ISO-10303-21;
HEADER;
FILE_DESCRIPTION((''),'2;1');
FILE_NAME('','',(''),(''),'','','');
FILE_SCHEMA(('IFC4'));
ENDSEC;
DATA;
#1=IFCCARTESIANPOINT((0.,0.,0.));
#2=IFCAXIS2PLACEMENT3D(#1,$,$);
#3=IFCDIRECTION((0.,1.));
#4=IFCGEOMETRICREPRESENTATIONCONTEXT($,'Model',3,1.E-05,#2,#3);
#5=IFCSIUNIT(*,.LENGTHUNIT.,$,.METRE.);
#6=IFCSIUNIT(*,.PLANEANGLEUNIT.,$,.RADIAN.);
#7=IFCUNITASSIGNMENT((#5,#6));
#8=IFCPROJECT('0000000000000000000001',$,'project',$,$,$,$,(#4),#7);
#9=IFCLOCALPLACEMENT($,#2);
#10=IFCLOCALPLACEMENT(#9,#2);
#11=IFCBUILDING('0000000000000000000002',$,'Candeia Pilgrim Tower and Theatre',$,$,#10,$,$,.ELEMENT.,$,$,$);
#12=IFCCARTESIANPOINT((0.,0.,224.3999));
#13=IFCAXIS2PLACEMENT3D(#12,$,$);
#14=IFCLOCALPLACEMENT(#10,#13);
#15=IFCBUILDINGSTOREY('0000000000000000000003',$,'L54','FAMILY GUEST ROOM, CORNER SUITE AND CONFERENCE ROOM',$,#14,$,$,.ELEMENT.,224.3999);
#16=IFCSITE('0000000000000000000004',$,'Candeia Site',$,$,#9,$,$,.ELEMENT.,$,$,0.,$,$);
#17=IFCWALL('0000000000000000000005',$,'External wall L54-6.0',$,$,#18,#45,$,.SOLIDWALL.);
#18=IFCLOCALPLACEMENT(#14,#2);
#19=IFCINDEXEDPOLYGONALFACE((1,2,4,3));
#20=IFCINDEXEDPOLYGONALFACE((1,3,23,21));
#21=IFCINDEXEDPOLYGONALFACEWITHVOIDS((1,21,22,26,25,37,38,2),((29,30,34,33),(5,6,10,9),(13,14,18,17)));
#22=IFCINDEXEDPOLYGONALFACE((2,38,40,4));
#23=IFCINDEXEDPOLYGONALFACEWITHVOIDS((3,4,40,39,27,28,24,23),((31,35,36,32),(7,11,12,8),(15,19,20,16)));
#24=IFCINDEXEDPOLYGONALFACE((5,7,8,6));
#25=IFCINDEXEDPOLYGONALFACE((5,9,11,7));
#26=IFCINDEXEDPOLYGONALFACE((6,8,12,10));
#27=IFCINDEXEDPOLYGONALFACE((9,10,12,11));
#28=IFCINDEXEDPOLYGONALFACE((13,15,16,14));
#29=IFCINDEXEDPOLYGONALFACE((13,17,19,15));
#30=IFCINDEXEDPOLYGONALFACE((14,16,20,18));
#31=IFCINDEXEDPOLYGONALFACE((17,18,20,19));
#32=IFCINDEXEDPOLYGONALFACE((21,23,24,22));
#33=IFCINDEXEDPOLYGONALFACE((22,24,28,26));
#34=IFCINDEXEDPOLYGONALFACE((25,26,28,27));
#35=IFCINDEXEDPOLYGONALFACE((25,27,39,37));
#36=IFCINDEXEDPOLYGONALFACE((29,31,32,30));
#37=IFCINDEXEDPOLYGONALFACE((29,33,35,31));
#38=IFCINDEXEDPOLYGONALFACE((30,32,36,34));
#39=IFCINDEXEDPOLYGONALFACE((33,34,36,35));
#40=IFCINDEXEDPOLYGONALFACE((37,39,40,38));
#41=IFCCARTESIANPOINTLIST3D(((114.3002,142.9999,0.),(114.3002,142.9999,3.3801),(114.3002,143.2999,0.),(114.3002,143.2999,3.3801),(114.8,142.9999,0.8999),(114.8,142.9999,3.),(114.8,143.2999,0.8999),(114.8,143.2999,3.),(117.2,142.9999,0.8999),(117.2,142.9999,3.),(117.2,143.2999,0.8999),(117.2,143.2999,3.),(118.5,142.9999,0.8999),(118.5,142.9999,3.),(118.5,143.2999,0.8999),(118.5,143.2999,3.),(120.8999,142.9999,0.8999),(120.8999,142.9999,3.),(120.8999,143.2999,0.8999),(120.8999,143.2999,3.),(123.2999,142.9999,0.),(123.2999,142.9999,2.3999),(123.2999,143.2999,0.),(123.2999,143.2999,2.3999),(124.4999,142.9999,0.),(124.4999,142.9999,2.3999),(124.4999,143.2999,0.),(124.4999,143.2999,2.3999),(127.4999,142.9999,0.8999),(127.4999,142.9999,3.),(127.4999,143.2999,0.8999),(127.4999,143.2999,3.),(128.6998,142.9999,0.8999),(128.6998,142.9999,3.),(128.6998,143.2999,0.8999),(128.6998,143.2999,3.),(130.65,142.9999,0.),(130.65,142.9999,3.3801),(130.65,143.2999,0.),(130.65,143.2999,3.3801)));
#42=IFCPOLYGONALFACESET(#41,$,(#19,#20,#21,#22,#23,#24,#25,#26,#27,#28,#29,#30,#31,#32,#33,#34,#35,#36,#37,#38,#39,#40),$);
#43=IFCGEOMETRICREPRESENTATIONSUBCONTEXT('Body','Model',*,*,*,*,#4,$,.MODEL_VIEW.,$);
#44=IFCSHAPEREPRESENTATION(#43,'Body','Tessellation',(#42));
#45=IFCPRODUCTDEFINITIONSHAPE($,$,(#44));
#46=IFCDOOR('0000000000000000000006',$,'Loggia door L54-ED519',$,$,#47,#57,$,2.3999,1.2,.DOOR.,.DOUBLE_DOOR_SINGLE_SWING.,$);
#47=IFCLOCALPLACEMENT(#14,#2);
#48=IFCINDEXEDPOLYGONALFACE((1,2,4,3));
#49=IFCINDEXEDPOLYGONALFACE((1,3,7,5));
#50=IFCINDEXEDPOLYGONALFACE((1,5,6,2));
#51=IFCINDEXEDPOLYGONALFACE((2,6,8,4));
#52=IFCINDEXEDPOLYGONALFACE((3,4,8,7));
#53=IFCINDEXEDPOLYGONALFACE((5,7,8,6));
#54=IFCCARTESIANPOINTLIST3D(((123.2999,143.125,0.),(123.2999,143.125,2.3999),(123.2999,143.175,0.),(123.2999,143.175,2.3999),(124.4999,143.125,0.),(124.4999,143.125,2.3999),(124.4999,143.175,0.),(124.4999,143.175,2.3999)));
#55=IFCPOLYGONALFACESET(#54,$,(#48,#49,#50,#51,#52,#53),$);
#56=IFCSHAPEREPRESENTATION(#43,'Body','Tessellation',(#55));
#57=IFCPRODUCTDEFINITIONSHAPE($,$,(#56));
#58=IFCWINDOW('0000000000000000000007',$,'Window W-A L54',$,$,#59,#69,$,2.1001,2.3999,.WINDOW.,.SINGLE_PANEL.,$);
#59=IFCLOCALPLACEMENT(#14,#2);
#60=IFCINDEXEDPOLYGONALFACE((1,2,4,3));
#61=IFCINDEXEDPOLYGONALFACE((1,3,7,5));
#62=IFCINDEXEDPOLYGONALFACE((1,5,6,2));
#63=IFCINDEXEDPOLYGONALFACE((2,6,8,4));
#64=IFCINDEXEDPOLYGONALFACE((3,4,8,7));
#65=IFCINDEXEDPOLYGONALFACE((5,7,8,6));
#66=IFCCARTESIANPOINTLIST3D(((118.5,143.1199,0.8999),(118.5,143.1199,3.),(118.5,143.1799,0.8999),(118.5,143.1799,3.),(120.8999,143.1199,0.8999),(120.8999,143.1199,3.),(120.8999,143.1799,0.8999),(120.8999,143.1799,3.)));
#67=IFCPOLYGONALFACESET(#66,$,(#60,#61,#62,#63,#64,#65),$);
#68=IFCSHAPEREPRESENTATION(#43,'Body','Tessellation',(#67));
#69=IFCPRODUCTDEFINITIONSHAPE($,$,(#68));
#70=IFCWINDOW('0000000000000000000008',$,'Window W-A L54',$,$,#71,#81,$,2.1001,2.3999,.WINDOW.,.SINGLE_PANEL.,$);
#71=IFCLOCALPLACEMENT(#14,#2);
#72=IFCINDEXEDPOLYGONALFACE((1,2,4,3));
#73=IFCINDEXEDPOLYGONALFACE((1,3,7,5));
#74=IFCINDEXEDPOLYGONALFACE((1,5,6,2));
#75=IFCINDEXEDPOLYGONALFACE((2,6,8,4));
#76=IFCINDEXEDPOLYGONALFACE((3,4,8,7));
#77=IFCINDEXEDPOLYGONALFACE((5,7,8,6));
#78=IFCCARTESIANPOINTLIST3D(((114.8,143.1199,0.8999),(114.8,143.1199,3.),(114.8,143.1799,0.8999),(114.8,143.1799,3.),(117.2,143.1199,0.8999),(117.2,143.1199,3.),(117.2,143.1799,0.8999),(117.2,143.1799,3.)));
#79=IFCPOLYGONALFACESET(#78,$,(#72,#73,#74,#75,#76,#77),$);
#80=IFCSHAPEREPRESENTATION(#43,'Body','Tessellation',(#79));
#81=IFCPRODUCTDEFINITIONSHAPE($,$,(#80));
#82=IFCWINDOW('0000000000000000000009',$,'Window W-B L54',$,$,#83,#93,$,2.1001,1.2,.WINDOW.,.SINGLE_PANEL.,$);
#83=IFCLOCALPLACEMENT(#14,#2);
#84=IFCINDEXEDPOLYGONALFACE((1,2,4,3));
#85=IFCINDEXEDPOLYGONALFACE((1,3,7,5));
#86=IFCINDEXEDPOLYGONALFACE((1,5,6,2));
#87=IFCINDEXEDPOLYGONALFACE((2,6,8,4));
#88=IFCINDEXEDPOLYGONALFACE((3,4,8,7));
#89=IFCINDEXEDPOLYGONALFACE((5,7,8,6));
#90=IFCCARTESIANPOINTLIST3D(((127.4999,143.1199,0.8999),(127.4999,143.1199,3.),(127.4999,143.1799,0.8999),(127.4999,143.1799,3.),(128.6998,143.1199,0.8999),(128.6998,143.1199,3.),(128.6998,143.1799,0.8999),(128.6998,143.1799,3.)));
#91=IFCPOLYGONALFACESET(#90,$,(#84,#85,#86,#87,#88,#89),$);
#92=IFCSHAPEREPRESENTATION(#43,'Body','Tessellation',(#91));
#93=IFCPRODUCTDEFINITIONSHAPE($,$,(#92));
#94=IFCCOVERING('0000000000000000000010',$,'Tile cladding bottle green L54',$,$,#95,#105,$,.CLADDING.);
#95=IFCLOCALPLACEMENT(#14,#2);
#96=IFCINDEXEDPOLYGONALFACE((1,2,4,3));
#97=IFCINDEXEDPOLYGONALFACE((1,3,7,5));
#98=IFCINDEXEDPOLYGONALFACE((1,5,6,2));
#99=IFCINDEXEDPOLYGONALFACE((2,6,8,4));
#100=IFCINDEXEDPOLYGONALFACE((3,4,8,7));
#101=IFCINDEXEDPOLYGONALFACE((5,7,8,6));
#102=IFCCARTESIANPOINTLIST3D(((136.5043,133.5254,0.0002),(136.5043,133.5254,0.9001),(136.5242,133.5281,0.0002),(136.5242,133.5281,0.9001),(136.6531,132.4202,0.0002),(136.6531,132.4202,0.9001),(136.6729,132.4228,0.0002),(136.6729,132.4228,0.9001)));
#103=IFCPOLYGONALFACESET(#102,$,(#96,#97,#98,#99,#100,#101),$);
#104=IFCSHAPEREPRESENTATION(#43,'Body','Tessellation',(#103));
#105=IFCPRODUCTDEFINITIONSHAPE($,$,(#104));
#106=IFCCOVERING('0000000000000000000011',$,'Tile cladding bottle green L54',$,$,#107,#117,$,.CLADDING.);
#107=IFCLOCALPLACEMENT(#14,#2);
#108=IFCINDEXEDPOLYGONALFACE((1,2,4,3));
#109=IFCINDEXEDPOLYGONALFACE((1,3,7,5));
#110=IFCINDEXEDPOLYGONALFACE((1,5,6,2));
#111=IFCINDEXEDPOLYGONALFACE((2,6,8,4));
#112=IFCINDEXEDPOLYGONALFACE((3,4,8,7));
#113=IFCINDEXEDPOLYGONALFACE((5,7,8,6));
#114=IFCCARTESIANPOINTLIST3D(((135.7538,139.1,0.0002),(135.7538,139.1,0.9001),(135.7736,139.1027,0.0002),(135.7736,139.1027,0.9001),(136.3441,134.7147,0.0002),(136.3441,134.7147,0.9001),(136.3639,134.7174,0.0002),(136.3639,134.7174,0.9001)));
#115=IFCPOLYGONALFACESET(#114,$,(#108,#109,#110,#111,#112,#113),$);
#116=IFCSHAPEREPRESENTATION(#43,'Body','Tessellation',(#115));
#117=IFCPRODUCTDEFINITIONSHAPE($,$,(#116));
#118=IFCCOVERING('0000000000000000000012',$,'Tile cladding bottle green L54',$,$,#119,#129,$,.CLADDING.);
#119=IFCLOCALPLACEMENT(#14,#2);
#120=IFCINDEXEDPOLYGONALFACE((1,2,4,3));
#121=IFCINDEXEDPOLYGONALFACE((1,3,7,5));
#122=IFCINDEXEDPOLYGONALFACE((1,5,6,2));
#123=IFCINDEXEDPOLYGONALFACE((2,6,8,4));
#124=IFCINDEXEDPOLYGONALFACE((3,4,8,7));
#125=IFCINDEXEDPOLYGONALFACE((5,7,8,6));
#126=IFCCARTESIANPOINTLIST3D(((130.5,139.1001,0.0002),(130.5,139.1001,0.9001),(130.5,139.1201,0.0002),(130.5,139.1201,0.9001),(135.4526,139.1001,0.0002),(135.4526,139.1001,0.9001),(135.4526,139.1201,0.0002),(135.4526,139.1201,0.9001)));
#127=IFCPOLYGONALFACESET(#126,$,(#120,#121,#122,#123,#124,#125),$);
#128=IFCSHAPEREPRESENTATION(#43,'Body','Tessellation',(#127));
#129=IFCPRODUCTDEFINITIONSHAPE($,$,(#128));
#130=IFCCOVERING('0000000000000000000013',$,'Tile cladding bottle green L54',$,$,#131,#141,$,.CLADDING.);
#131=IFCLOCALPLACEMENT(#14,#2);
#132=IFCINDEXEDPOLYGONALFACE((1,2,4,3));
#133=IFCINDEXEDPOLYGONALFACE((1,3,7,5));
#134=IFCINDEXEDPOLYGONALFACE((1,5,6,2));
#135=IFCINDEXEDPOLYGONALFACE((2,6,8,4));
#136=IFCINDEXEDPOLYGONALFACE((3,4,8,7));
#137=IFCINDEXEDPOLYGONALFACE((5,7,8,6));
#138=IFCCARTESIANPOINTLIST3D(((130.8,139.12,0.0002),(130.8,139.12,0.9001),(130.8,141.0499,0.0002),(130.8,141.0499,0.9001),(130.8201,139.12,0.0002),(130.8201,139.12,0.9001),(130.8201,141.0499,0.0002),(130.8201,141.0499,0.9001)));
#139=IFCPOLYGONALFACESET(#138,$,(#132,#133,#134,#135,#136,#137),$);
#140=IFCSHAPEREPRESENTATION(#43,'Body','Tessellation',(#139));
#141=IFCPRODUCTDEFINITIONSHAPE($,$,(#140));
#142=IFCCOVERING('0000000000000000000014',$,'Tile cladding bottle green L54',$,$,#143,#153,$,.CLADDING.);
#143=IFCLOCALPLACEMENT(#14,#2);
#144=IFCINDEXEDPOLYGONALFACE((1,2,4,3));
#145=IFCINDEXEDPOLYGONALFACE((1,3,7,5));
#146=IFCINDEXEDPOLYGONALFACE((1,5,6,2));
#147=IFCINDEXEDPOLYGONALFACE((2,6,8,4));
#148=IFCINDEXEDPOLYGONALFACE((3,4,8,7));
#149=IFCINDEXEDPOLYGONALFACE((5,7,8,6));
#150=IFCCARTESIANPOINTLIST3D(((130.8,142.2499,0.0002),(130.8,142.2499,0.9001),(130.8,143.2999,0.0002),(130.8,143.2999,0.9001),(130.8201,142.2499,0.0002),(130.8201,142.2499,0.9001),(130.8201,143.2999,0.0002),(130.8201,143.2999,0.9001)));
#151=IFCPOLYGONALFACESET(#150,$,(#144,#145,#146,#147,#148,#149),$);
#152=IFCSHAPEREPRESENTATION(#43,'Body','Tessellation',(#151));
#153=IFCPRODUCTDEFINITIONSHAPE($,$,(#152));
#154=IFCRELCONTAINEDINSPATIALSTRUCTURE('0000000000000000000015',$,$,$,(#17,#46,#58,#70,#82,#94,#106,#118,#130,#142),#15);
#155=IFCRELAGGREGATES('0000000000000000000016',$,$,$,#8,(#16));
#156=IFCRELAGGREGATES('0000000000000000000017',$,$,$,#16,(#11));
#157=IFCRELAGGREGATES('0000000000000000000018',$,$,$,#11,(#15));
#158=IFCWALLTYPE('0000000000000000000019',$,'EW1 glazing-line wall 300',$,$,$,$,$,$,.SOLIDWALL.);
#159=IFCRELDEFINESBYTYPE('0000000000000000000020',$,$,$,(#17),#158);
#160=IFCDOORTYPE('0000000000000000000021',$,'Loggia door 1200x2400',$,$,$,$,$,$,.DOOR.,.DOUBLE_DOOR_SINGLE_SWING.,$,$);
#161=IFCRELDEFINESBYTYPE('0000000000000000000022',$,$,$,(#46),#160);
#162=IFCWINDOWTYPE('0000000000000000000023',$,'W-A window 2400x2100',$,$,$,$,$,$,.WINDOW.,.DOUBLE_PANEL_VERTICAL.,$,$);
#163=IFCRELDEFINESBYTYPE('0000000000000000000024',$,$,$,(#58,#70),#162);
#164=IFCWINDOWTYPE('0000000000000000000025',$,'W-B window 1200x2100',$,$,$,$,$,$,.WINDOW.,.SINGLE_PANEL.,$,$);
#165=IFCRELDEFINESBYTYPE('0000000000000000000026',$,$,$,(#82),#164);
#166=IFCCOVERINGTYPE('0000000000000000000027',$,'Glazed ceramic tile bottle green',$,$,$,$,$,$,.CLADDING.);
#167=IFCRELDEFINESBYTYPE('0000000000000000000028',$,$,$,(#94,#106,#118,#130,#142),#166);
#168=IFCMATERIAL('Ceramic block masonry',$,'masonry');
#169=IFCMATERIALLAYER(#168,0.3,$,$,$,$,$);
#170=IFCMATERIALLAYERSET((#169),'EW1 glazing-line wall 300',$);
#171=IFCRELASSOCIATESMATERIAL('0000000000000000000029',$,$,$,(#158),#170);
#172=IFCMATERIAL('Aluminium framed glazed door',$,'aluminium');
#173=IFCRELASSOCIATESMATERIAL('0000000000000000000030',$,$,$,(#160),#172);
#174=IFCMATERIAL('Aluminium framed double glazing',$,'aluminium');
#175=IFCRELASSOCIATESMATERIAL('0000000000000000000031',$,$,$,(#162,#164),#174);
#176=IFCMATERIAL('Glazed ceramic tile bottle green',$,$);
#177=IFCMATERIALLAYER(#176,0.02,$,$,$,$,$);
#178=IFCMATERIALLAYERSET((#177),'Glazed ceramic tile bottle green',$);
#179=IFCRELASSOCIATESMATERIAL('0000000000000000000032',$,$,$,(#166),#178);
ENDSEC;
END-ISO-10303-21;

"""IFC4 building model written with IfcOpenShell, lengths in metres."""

from ifc_helpers import new_model, si_unit, direction, frame, frame_2d, origin, origin_2d, place, context, subcontext, project, spatial, rectangle, extrude, material, layer, layer_set, type_object, element, fill, save


model = new_model("IFC4")

# Units and contexts
model_context = context("Model", 3, precision=1e-05, world=origin(), true_north=direction((0.0, 1.0)))
body_context = subcontext(model_context, "Body", "Model", "MODEL_VIEW")
ifc_project = project(units=[si_unit("LENGTHUNIT", "METRE"), si_unit("PLANEANGLEUNIT", "RADIAN")], contexts=[model_context])

# Site, building, storey
site_placement = place(None, origin())
site = spatial("IfcSite", under=ifc_project, at=site_placement, Name="Candeia Site", CompositionType="ELEMENT", RefElevation=0.0)
building_placement = place(site_placement, origin())
building = spatial("IfcBuilding", under=site, at=building_placement, Name="Candeia Pilgrim Tower and Theatre", CompositionType="ELEMENT")
storey_placement = place(building_placement, frame((0.0, 0.0, 224.3999)))
storey = spatial("IfcBuildingStorey", under=building, at=storey_placement, Name="L54", Description="FAMILY GUEST ROOM, CORNER SUITE AND CONFERENCE ROOM", CompositionType="ELEMENT", Elevation=224.3999)

# Shared definitions
ifc_material_1 = material(Name="Ceramic block masonry", Category="masonry")
ifc_layer_1 = layer(ifc_material_1, 0.3)
ifc_layer_set_1 = layer_set([ifc_layer_1], Name="EW1 glazing-line wall 300")
wall_type = type_object("IfcWallType", Name="EW1 glazing-line wall 300", PredefinedType="SOLIDWALL", material=ifc_layer_set_1)
ifc_material_2 = material(Name="Aluminium framed glazed door", Category="aluminium")
door_type = type_object("IfcDoorType", Name="Loggia door 1200x2400", OperationType="DOUBLE_DOOR_SINGLE_SWING", PredefinedType="DOOR", material=ifc_material_2)
ifc_material_3 = material(Name="Aluminium framed double glazing", Category="aluminium")
window_type_1 = type_object("IfcWindowType", Name="W-A window 2400x2100", PartitioningType="DOUBLE_PANEL_VERTICAL", PredefinedType="WINDOW", material=ifc_material_3)

# Shared definitions
window_type_2 = type_object("IfcWindowType", Name="W-B window 1200x2100", PartitioningType="SINGLE_PANEL", PredefinedType="WINDOW", material=ifc_material_3)

# Wall, openings, door, windows
wall_1_placement = place(storey_placement, frame((130.6499, 143.1499, 0.0), z_axis=(0.0, 0.0, 1.0), x_axis=(-1.0, 0.0, 0.0)))
wall_1 = element("IfcWall", 1, at=wall_1_placement, inside=storey, type_object=wall_type, Name="External wall L54-6.0", PredefinedType="SOLIDWALL", context=body_context, shape_type="SweptSolid", body=[
    extrude(rectangle(XDim=16.3499, YDim=0.3, at=frame_2d((8.1748, 0.0))), origin(), (0.0, 0.0, 1.0), 3.3801),
])
opening_1_placement = place(wall_1_placement, frame((1.95, 0.0, 0.8999)))
opening_1 = element("IfcOpeningElement", 2, at=opening_1_placement, cuts=wall_1, PredefinedType="OPENING", context=body_context, shape_type="SweptSolid", body=[
    extrude(rectangle(XDim=1.2, YDim=2.1001, at=frame_2d((0.6001, 1.05))), frame((0.0, 0.1602, 0.0), z_axis=(0.0, -1.0, 0.0), x_axis=(1.0, 0.0, 0.0)), (0.0, 0.0, 1.0), 0.3201),
])
opening_2_placement = place(wall_1_placement, frame((6.1499, 0.0, 0.0)))
opening_2 = element("IfcOpeningElement", 3, at=opening_2_placement, cuts=wall_1, PredefinedType="OPENING", context=body_context, shape_type="SweptSolid", body=[
    extrude(rectangle(XDim=1.2, YDim=2.3999, at=frame_2d((0.6001, 1.2))), frame((0.0, 0.1602, 0.0), z_axis=(0.0, -1.0, 0.0), x_axis=(1.0, 0.0, 0.0)), (0.0, 0.0, 1.0), 0.3201),
])
opening_3_placement = place(wall_1_placement, frame((9.75, 0.0, 0.8999)))
opening_3 = element("IfcOpeningElement", 4, at=opening_3_placement, cuts=wall_1, PredefinedType="OPENING", context=body_context, shape_type="SweptSolid", body=[
    extrude(rectangle(XDim=2.3999, YDim=2.1001, at=frame_2d((1.2, 1.05))), frame((0.0, 0.1602, 0.0), z_axis=(0.0, -1.0, 0.0), x_axis=(1.0, 0.0, 0.0)), (0.0, 0.0, 1.0), 0.3201),
])
opening_4_placement = place(wall_1_placement, frame((13.45, 0.0, 0.8999)))
opening_4 = element("IfcOpeningElement", 5, at=opening_4_placement, cuts=wall_1, PredefinedType="OPENING", context=body_context, shape_type="SweptSolid", body=[
    extrude(rectangle(XDim=2.3999, YDim=2.1001, at=frame_2d((1.2, 1.05))), frame((0.0, 0.1602, 0.0), z_axis=(0.0, -1.0, 0.0), x_axis=(1.0, 0.0, 0.0)), (0.0, 0.0, 1.0), 0.3201),
])
door_1_placement = place(opening_2_placement, origin())
door_1 = element("IfcDoor", 6, at=door_1_placement, inside=storey, type_object=door_type, Name="Loggia door L54-ED519", OperationType="DOUBLE_DOOR_SINGLE_SWING", OverallHeight=2.3999, OverallWidth=1.2, PredefinedType="DOOR", context=body_context, shape_type="SweptSolid", body=[
    extrude(rectangle(XDim=1.2, YDim=2.3999, at=frame_2d((0.6001, 1.2))), frame((0.0, 0.0249, 0.0), z_axis=(0.0, -1.0, 0.0), x_axis=(1.0, 0.0, 0.0)), (0.0, 0.0, 1.0), 0.05),
])
fill(opening_2, door_1)
window_1_placement = place(opening_3_placement, origin())
window_1 = element("IfcWindow", 7, at=window_1_placement, inside=storey, type_object=window_type_1, Name="Window W-A L54", OverallHeight=2.1001, OverallWidth=2.3999, PartitioningType="SINGLE_PANEL", PredefinedType="WINDOW", context=body_context, shape_type="SweptSolid", body=[
    extrude(rectangle(XDim=2.3999, YDim=2.1001, at=frame_2d((1.2, 1.05))), frame((0.0, 0.03, 0.0), z_axis=(0.0, -1.0, 0.0), x_axis=(1.0, 0.0, 0.0)), (0.0, 0.0, 1.0), 0.0601),
])
fill(opening_3, window_1)
window_2_placement = place(opening_4_placement, origin())
window_2 = element("IfcWindow", 8, at=window_2_placement, inside=storey, type_object=window_type_1, Name="Window W-A L54", OverallHeight=2.1001, OverallWidth=2.3999, PartitioningType="SINGLE_PANEL", PredefinedType="WINDOW", context=body_context, shape_type="SweptSolid", body=[
    extrude(rectangle(XDim=2.3999, YDim=2.1001, at=frame_2d((1.2, 1.05))), frame((0.0, 0.03, 0.0), z_axis=(0.0, -1.0, 0.0), x_axis=(1.0, 0.0, 0.0)), (0.0, 0.0, 1.0), 0.0601),
])
fill(opening_4, window_2)
window_3_placement = place(opening_1_placement, origin())
window_3 = element("IfcWindow", 9, at=window_3_placement, inside=storey, type_object=window_type_2, Name="Window W-B L54", OverallHeight=2.1001, OverallWidth=1.2, PartitioningType="SINGLE_PANEL", PredefinedType="WINDOW", context=body_context, shape_type="SweptSolid", body=[
    extrude(rectangle(XDim=1.2, YDim=2.1001, at=frame_2d((0.6001, 1.05))), frame((0.0, 0.03, 0.0), z_axis=(0.0, -1.0, 0.0), x_axis=(1.0, 0.0, 0.0)), (0.0, 0.0, 1.0), 0.0601),
])
fill(opening_1, window_3)

# Coverings
ifc_material_4 = material(Name="Glazed ceramic tile bottle green")
ifc_layer_2 = layer(ifc_material_4, 0.02)
ifc_layer_set_2 = layer_set([ifc_layer_2], Name="Glazed ceramic tile bottle green")
covering_type = type_object("IfcCoveringType", Name="Glazed ceramic tile bottle green", PredefinedType="CLADDING", material=ifc_layer_set_2)
covering_1_placement = place(storey_placement, frame((136.5886, 132.9741, 0.0002), z_axis=(0.0, 0.0, 1.0), x_axis=(-0.133412, 0.991061, 0.0)))
element("IfcCovering", 10, at=covering_1_placement, inside=storey, type_object=covering_type, Name="Tile cladding bottle green L54", PredefinedType="CLADDING", context=body_context, shape_type="SweptSolid", body=[
    extrude(rectangle(XDim=1.1152, YDim=0.02, at=origin_2d()), origin(), (0.0, 0.0, 1.0), 0.8999),
])
covering_2_placement = place(storey_placement, frame((136.0588, 136.9087, 0.0002), z_axis=(0.0, 0.0, 1.0), x_axis=(-0.133412, 0.991061, 0.0)))
element("IfcCovering", 11, at=covering_2_placement, inside=storey, type_object=covering_type, Name="Tile cladding bottle green L54", PredefinedType="CLADDING", context=body_context, shape_type="SweptSolid", body=[
    extrude(rectangle(XDim=4.4248, YDim=0.02, at=origin_2d()), origin(), (0.0, 0.0, 1.0), 0.8999),
])
covering_3_placement = place(storey_placement, frame((132.9763, 139.1101, 0.0002), z_axis=(0.0, 0.0, 1.0), x_axis=(-1.0, 0.0, 0.0)))
element("IfcCovering", 12, at=covering_3_placement, inside=storey, type_object=covering_type, Name="Tile cladding bottle green L54", PredefinedType="CLADDING", context=body_context, shape_type="SweptSolid", body=[
    extrude(rectangle(XDim=4.9526, YDim=0.02, at=origin_2d()), origin(), (0.0, 0.0, 1.0), 0.8999),
])
covering_4_placement = place(storey_placement, frame((130.8101, 140.085, 0.0002), z_axis=(0.0, 0.0, 1.0), x_axis=(0.0, 1.0, 0.0)))
element("IfcCovering", 13, at=covering_4_placement, inside=storey, type_object=covering_type, Name="Tile cladding bottle green L54", PredefinedType="CLADDING", context=body_context, shape_type="SweptSolid", body=[
    extrude(rectangle(XDim=1.9299, YDim=0.02, at=origin_2d()), origin(), (0.0, 0.0, 1.0), 0.8999),
])
covering_5_placement = place(storey_placement, frame((130.8101, 142.7749, 0.0002), z_axis=(0.0, 0.0, 1.0), x_axis=(0.0, 1.0, 0.0)))
element("IfcCovering", 14, at=covering_5_placement, inside=storey, type_object=covering_type, Name="Tile cladding bottle green L54", PredefinedType="CLADDING", context=body_context, shape_type="SweptSolid", body=[
    extrude(rectangle(XDim=1.05, YDim=0.02, at=origin_2d()), origin(), (0.0, 0.0, 1.0), 0.8999),
])

save(model, "model.ifc")
